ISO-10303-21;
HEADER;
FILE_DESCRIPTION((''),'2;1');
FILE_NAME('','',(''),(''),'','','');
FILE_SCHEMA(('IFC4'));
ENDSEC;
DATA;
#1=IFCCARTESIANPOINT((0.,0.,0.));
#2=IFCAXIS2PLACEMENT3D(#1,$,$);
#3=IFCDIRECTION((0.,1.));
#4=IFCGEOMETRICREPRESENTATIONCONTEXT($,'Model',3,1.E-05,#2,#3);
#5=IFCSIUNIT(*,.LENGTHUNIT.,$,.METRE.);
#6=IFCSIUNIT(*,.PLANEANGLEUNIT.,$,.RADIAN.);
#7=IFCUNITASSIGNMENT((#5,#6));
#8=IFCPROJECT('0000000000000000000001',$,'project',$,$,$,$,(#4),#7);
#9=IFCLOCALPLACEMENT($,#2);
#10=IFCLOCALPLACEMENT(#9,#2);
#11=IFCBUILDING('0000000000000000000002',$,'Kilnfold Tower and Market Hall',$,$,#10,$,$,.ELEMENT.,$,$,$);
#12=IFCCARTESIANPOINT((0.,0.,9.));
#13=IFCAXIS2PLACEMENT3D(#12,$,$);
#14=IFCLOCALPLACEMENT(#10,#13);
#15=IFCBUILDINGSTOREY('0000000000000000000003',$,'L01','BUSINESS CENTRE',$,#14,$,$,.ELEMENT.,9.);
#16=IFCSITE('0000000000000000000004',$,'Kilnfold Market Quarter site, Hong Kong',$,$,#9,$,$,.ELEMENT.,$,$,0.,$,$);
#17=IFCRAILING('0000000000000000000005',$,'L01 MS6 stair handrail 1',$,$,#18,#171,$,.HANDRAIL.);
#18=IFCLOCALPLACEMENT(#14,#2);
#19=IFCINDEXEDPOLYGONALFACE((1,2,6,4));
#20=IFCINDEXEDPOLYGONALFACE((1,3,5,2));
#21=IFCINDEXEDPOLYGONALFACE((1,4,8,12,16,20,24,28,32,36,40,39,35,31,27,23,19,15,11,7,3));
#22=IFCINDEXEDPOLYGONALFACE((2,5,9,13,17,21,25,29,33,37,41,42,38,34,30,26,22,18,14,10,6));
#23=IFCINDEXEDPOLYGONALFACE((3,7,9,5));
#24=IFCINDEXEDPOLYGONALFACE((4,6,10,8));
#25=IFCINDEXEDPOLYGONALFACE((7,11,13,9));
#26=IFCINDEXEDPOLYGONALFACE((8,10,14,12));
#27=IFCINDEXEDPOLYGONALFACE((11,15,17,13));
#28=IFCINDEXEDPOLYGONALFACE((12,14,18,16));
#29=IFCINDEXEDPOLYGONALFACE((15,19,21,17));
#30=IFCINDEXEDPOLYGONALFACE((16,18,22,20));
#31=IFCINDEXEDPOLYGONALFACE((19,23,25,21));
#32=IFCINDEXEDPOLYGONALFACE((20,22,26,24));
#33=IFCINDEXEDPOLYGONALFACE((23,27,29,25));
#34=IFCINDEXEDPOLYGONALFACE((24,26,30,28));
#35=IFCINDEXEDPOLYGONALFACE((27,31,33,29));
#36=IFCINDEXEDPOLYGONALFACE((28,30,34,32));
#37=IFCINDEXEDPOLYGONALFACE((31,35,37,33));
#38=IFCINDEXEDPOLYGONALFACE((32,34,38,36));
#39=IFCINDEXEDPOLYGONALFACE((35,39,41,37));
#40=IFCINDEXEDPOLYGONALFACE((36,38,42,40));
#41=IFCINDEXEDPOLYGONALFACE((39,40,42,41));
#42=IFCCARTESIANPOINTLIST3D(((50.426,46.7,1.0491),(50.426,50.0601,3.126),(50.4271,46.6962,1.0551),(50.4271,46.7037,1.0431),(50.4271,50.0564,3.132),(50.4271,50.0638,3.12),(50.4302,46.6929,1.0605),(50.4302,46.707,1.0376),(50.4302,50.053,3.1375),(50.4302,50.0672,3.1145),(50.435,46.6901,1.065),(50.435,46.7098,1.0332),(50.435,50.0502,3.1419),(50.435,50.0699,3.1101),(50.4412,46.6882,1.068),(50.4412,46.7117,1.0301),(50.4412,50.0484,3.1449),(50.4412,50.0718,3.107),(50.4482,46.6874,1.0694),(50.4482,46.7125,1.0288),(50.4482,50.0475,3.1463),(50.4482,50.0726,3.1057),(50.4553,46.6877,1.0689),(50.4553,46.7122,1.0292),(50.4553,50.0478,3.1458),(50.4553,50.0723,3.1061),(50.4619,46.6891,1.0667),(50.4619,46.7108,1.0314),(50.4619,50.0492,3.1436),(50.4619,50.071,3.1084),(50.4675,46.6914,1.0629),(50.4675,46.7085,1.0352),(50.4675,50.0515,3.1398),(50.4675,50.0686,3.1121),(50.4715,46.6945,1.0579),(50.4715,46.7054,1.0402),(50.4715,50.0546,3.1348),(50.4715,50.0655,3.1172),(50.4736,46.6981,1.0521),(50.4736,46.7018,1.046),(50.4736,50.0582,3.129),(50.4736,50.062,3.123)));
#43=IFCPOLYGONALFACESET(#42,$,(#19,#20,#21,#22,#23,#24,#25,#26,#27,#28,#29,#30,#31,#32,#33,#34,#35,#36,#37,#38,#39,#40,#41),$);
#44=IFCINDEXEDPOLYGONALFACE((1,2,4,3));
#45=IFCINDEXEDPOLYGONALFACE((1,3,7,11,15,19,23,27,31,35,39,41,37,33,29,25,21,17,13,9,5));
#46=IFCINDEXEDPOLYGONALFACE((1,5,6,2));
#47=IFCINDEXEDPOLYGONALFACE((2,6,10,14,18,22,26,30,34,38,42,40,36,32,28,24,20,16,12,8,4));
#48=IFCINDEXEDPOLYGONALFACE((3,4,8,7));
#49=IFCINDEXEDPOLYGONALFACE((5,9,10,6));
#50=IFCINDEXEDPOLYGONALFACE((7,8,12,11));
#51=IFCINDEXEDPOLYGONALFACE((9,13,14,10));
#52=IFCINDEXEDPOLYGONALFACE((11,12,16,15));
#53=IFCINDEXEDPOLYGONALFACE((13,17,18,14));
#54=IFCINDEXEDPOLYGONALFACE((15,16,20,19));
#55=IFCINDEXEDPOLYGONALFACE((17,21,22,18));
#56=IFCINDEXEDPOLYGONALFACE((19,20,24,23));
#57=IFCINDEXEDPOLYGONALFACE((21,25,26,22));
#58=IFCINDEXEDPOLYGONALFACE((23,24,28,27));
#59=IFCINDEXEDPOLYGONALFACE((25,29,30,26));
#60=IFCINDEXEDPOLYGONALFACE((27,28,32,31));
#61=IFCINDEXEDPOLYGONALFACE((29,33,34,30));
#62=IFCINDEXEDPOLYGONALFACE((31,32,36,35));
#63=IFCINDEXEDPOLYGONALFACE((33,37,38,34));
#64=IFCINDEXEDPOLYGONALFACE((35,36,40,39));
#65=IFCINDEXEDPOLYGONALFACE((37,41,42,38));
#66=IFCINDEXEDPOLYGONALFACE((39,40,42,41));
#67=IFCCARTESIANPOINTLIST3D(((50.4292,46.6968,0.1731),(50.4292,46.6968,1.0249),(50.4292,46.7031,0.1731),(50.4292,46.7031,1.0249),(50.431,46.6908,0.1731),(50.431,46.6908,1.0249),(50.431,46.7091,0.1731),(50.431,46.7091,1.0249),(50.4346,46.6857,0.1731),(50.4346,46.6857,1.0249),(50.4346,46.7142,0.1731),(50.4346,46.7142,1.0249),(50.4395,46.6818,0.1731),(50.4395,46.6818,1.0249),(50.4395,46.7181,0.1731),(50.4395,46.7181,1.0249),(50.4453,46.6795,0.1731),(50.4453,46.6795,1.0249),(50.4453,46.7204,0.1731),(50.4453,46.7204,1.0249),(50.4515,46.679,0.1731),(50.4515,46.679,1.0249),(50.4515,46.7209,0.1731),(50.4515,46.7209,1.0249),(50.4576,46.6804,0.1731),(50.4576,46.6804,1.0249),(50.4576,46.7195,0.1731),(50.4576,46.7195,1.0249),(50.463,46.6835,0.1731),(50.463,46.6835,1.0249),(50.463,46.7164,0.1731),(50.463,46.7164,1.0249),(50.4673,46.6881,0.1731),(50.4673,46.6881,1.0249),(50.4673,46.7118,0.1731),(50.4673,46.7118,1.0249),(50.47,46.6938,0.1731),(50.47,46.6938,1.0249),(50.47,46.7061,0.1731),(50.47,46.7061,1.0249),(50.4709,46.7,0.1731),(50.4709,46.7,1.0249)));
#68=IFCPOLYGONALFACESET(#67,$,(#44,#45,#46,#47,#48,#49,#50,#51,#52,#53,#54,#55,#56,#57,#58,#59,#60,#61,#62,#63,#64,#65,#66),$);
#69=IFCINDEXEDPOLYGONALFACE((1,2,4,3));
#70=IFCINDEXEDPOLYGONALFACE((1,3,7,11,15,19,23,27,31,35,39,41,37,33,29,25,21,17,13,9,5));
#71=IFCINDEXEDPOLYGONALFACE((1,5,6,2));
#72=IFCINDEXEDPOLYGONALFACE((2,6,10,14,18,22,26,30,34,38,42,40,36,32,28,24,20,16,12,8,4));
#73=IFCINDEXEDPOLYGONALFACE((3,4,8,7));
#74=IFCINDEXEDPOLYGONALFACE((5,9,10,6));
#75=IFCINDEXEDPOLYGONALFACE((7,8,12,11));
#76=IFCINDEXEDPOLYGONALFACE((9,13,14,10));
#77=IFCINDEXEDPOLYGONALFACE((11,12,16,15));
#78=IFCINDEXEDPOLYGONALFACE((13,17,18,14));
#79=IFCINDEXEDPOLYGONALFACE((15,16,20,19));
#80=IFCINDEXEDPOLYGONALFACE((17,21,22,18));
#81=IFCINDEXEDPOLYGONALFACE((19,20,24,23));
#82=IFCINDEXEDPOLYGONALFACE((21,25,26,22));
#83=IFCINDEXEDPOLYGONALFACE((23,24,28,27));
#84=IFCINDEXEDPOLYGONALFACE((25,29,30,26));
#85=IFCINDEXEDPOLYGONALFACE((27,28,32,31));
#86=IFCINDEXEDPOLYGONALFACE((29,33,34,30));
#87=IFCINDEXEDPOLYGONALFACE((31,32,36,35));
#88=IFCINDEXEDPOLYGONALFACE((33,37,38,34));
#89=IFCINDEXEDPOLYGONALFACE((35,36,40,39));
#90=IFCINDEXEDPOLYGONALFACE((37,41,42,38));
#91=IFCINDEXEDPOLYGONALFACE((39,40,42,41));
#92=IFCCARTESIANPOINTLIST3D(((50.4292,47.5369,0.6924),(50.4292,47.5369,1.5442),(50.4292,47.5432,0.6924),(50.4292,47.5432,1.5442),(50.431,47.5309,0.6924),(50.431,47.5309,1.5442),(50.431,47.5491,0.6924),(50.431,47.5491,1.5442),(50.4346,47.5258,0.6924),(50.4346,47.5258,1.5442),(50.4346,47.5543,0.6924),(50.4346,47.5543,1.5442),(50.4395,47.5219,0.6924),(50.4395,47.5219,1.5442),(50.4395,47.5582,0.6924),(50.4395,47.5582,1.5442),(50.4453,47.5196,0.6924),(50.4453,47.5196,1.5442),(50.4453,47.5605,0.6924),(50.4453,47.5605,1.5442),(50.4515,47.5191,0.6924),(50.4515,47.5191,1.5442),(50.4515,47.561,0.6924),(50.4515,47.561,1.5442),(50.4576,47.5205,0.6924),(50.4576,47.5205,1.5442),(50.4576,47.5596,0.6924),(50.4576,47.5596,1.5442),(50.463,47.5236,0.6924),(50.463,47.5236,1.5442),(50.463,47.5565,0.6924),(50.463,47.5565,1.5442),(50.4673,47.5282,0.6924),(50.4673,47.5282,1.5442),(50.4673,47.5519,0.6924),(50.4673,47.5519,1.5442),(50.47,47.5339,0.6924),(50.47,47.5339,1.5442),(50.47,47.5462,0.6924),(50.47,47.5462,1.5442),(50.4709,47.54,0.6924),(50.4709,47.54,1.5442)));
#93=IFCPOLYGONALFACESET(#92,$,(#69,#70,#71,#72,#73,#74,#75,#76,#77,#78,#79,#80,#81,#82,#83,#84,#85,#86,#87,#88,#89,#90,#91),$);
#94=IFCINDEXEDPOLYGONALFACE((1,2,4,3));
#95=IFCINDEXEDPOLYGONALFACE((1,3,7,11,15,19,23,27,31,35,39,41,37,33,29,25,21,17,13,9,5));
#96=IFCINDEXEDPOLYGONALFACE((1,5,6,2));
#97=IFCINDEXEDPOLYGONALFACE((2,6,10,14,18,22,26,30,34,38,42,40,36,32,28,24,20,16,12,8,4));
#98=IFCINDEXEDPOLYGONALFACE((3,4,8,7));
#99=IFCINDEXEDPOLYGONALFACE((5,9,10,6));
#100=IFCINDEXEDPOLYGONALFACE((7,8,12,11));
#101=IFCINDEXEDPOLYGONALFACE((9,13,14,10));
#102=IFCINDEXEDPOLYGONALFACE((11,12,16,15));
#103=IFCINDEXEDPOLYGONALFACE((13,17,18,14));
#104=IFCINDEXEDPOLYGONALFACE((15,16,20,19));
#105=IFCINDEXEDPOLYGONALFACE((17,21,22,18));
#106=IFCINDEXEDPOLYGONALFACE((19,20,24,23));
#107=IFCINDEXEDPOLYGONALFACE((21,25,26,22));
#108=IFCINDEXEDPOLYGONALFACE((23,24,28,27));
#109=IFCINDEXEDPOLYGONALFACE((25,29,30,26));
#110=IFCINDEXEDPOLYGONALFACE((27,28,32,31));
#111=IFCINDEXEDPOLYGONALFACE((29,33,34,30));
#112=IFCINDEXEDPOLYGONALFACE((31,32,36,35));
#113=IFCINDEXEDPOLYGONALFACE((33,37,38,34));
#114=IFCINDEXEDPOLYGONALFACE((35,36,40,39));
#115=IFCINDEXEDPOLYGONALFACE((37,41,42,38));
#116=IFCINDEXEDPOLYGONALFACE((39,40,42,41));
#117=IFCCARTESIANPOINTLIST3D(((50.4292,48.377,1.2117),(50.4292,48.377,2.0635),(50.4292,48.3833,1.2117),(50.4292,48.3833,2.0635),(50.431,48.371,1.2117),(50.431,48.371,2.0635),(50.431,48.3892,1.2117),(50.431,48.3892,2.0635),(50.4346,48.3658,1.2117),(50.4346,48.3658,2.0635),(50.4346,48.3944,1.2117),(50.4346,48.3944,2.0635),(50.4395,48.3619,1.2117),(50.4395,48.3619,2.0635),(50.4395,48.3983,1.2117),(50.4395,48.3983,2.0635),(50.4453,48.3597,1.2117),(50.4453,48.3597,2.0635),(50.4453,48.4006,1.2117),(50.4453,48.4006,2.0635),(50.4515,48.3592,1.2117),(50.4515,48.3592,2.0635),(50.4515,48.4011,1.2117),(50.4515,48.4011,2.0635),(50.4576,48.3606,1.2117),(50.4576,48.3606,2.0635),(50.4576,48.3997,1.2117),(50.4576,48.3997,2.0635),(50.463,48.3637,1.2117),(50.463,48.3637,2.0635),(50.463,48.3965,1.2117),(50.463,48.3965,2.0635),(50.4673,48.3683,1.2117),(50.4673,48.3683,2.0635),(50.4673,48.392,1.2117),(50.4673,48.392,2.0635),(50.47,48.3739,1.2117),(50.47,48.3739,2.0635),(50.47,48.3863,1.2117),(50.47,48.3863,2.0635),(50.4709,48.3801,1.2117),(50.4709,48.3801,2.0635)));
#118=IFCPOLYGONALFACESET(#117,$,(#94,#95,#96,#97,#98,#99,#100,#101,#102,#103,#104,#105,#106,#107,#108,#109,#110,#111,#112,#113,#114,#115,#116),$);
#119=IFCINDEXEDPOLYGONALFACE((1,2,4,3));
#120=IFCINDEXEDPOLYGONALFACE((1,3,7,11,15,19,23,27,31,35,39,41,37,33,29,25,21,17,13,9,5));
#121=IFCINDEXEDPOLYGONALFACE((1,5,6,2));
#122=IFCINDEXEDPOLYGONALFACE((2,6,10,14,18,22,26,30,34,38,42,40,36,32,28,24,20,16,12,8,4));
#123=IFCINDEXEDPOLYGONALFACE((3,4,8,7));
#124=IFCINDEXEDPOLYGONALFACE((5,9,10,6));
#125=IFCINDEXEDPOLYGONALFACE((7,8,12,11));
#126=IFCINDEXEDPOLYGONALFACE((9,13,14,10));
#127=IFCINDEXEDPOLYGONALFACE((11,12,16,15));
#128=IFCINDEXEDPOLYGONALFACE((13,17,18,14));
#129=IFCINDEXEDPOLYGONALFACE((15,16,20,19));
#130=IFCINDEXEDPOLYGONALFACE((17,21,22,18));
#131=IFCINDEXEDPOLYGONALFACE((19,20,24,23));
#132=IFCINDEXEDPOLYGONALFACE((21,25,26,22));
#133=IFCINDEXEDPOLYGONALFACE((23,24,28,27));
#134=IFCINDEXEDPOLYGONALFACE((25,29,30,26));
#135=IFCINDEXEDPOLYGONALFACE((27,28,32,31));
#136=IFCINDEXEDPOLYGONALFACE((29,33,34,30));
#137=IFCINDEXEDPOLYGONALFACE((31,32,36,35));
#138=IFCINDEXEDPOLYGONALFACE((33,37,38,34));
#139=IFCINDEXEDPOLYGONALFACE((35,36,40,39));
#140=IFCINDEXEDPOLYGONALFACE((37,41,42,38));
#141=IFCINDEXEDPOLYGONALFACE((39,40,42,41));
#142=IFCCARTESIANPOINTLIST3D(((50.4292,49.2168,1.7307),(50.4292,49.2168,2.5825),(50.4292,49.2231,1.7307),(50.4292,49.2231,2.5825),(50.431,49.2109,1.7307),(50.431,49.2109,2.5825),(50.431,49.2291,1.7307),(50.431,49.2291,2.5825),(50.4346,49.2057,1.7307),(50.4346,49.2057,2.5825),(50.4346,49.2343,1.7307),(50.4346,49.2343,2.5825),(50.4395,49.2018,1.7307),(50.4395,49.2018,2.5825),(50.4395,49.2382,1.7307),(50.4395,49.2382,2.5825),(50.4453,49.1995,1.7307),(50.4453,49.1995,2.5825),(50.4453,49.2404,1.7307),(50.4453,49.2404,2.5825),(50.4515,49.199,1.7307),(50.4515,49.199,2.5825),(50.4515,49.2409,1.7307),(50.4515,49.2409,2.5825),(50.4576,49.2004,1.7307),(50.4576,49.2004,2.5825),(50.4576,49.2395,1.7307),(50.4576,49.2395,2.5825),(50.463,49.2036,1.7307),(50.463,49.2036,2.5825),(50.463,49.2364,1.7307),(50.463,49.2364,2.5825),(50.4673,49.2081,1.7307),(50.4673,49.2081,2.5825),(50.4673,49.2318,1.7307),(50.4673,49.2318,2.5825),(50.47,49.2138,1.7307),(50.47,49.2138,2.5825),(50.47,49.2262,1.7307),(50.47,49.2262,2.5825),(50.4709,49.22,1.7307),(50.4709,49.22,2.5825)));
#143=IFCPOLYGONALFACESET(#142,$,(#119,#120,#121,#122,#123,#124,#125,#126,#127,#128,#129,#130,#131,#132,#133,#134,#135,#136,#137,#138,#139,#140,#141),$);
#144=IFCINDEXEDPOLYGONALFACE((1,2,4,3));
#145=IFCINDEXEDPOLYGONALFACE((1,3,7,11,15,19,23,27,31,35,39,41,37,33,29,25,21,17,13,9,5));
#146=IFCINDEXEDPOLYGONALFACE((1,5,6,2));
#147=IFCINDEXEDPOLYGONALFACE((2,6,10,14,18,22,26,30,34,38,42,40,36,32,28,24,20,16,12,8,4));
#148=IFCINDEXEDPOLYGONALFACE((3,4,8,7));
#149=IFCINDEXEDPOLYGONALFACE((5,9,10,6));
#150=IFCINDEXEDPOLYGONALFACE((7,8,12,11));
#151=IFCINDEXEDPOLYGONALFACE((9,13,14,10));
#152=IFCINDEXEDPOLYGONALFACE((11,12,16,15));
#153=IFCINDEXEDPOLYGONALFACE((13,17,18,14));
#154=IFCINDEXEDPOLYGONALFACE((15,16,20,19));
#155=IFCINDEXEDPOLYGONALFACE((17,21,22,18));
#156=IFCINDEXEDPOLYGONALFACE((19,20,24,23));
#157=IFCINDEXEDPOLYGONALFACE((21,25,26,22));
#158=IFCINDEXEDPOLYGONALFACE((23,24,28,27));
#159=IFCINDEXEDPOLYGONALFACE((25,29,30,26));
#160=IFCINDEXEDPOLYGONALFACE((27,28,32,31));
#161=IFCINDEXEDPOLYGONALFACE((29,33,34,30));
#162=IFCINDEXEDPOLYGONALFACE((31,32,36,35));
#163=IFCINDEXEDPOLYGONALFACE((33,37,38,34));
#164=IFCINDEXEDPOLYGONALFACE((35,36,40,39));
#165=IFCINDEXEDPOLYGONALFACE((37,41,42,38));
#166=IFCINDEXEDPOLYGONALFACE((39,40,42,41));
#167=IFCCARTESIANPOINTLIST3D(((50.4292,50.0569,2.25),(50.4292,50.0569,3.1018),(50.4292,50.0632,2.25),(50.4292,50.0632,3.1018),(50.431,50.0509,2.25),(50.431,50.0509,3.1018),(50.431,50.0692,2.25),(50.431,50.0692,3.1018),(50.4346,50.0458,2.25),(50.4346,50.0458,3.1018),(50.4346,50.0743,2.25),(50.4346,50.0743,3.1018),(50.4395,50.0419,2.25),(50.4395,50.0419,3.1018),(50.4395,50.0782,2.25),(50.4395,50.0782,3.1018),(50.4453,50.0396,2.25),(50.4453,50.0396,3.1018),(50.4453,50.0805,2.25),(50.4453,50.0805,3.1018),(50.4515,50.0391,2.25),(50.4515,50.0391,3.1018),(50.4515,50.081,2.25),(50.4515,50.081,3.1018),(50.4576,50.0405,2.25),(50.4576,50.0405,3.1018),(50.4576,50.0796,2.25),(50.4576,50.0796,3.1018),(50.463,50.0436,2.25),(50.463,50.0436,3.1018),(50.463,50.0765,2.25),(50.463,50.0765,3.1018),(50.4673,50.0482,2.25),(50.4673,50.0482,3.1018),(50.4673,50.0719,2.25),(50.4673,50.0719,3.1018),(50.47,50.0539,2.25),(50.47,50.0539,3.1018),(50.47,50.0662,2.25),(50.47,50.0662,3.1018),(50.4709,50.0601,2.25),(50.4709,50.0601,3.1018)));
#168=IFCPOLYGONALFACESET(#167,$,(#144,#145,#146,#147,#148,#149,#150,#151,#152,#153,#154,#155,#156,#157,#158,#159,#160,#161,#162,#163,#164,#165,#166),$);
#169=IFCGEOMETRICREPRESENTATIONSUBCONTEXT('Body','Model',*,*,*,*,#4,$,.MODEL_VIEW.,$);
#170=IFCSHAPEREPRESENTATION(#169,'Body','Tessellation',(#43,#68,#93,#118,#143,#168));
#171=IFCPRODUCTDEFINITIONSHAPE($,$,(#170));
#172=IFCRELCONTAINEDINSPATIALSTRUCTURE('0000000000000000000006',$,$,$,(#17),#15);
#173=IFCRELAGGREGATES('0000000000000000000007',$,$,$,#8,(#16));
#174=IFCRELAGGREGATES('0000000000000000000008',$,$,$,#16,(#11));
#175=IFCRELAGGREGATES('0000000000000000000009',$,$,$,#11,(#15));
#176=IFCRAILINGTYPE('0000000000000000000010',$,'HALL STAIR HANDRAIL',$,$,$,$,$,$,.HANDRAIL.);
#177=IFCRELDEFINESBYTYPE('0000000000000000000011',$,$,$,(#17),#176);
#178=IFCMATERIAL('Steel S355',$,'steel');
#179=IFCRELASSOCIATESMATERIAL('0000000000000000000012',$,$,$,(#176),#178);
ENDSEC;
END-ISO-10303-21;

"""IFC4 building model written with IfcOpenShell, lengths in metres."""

from ifc_helpers import new_model, si_unit, direction, frame, origin, origin_2d, place, context, subcontext, project, spatial, circle, extrude, material, type_object, element, save


model = new_model("IFC4")

# Units and contexts
model_context = context("Model", 3, precision=1e-05, world=origin(), true_north=direction((0.0, 1.0)))
body_context = subcontext(model_context, "Body", "Model", "MODEL_VIEW")
ifc_project = project(units=[si_unit("LENGTHUNIT", "METRE"), si_unit("PLANEANGLEUNIT", "RADIAN")], contexts=[model_context])

# Site, building, storey
site_placement = place(None, origin())
site = spatial("IfcSite", under=ifc_project, at=site_placement, Name="Kilnfold Market Quarter site, Hong Kong", CompositionType="ELEMENT", RefElevation=0.0)
building_placement = place(site_placement, origin())
building = spatial("IfcBuilding", under=site, at=building_placement, Name="Kilnfold Tower and Market Hall", CompositionType="ELEMENT")
storey_placement = place(building_placement, frame((0.0, 0.0, 9.0)))
storey = spatial("IfcBuildingStorey", under=building, at=storey_placement, Name="L01", Description="BUSINESS CENTRE", CompositionType="ELEMENT", Elevation=9.0)

# Railing
ifc_material_1 = material(Name="Steel S355", Category="steel")
railing_type_1 = type_object("IfcRailingType", Name="HALL STAIR HANDRAIL", PredefinedType="HANDRAIL", material=ifc_material_1)
railing_1_placement = place(storey_placement, frame((50.45, 46.7, 0.1731)))
element("IfcRailing", 1, at=railing_1_placement, inside=storey, type_object=railing_type_1, Name="L01 MS6 stair handrail 1", PredefinedType="HANDRAIL", context=body_context, shape_type="SweptSolid", body=[
    extrude(circle(Radius=0.0239, at=origin_2d()), frame((0.0, 0.0, 0.876), z_axis=(0.0, 0.850623, 0.525776), x_axis=(-1.0, 0.0, 0.0)), (0.0, 0.0, 1.0), 3.9502),
    extrude(circle(Radius=0.021, at=origin_2d()), origin(), (0.0, 0.0, 1.0), 0.8518),
    extrude(circle(Radius=0.021, at=origin_2d()), frame((0.0, 0.8401, 0.5193)), (0.0, 0.0, 1.0), 0.8518),
    extrude(circle(Radius=0.021, at=origin_2d()), frame((0.0, 1.6802, 1.0386)), (0.0, 0.0, 1.0), 0.8518),
    extrude(circle(Radius=0.021, at=origin_2d()), frame((0.0, 2.52, 1.5576)), (0.0, 0.0, 1.0), 0.8518),
    extrude(circle(Radius=0.021, at=origin_2d()), frame((0.0, 3.3601, 2.0769)), (0.0, 0.0, 1.0), 0.8518),
])

save(model, "model.ifc")
